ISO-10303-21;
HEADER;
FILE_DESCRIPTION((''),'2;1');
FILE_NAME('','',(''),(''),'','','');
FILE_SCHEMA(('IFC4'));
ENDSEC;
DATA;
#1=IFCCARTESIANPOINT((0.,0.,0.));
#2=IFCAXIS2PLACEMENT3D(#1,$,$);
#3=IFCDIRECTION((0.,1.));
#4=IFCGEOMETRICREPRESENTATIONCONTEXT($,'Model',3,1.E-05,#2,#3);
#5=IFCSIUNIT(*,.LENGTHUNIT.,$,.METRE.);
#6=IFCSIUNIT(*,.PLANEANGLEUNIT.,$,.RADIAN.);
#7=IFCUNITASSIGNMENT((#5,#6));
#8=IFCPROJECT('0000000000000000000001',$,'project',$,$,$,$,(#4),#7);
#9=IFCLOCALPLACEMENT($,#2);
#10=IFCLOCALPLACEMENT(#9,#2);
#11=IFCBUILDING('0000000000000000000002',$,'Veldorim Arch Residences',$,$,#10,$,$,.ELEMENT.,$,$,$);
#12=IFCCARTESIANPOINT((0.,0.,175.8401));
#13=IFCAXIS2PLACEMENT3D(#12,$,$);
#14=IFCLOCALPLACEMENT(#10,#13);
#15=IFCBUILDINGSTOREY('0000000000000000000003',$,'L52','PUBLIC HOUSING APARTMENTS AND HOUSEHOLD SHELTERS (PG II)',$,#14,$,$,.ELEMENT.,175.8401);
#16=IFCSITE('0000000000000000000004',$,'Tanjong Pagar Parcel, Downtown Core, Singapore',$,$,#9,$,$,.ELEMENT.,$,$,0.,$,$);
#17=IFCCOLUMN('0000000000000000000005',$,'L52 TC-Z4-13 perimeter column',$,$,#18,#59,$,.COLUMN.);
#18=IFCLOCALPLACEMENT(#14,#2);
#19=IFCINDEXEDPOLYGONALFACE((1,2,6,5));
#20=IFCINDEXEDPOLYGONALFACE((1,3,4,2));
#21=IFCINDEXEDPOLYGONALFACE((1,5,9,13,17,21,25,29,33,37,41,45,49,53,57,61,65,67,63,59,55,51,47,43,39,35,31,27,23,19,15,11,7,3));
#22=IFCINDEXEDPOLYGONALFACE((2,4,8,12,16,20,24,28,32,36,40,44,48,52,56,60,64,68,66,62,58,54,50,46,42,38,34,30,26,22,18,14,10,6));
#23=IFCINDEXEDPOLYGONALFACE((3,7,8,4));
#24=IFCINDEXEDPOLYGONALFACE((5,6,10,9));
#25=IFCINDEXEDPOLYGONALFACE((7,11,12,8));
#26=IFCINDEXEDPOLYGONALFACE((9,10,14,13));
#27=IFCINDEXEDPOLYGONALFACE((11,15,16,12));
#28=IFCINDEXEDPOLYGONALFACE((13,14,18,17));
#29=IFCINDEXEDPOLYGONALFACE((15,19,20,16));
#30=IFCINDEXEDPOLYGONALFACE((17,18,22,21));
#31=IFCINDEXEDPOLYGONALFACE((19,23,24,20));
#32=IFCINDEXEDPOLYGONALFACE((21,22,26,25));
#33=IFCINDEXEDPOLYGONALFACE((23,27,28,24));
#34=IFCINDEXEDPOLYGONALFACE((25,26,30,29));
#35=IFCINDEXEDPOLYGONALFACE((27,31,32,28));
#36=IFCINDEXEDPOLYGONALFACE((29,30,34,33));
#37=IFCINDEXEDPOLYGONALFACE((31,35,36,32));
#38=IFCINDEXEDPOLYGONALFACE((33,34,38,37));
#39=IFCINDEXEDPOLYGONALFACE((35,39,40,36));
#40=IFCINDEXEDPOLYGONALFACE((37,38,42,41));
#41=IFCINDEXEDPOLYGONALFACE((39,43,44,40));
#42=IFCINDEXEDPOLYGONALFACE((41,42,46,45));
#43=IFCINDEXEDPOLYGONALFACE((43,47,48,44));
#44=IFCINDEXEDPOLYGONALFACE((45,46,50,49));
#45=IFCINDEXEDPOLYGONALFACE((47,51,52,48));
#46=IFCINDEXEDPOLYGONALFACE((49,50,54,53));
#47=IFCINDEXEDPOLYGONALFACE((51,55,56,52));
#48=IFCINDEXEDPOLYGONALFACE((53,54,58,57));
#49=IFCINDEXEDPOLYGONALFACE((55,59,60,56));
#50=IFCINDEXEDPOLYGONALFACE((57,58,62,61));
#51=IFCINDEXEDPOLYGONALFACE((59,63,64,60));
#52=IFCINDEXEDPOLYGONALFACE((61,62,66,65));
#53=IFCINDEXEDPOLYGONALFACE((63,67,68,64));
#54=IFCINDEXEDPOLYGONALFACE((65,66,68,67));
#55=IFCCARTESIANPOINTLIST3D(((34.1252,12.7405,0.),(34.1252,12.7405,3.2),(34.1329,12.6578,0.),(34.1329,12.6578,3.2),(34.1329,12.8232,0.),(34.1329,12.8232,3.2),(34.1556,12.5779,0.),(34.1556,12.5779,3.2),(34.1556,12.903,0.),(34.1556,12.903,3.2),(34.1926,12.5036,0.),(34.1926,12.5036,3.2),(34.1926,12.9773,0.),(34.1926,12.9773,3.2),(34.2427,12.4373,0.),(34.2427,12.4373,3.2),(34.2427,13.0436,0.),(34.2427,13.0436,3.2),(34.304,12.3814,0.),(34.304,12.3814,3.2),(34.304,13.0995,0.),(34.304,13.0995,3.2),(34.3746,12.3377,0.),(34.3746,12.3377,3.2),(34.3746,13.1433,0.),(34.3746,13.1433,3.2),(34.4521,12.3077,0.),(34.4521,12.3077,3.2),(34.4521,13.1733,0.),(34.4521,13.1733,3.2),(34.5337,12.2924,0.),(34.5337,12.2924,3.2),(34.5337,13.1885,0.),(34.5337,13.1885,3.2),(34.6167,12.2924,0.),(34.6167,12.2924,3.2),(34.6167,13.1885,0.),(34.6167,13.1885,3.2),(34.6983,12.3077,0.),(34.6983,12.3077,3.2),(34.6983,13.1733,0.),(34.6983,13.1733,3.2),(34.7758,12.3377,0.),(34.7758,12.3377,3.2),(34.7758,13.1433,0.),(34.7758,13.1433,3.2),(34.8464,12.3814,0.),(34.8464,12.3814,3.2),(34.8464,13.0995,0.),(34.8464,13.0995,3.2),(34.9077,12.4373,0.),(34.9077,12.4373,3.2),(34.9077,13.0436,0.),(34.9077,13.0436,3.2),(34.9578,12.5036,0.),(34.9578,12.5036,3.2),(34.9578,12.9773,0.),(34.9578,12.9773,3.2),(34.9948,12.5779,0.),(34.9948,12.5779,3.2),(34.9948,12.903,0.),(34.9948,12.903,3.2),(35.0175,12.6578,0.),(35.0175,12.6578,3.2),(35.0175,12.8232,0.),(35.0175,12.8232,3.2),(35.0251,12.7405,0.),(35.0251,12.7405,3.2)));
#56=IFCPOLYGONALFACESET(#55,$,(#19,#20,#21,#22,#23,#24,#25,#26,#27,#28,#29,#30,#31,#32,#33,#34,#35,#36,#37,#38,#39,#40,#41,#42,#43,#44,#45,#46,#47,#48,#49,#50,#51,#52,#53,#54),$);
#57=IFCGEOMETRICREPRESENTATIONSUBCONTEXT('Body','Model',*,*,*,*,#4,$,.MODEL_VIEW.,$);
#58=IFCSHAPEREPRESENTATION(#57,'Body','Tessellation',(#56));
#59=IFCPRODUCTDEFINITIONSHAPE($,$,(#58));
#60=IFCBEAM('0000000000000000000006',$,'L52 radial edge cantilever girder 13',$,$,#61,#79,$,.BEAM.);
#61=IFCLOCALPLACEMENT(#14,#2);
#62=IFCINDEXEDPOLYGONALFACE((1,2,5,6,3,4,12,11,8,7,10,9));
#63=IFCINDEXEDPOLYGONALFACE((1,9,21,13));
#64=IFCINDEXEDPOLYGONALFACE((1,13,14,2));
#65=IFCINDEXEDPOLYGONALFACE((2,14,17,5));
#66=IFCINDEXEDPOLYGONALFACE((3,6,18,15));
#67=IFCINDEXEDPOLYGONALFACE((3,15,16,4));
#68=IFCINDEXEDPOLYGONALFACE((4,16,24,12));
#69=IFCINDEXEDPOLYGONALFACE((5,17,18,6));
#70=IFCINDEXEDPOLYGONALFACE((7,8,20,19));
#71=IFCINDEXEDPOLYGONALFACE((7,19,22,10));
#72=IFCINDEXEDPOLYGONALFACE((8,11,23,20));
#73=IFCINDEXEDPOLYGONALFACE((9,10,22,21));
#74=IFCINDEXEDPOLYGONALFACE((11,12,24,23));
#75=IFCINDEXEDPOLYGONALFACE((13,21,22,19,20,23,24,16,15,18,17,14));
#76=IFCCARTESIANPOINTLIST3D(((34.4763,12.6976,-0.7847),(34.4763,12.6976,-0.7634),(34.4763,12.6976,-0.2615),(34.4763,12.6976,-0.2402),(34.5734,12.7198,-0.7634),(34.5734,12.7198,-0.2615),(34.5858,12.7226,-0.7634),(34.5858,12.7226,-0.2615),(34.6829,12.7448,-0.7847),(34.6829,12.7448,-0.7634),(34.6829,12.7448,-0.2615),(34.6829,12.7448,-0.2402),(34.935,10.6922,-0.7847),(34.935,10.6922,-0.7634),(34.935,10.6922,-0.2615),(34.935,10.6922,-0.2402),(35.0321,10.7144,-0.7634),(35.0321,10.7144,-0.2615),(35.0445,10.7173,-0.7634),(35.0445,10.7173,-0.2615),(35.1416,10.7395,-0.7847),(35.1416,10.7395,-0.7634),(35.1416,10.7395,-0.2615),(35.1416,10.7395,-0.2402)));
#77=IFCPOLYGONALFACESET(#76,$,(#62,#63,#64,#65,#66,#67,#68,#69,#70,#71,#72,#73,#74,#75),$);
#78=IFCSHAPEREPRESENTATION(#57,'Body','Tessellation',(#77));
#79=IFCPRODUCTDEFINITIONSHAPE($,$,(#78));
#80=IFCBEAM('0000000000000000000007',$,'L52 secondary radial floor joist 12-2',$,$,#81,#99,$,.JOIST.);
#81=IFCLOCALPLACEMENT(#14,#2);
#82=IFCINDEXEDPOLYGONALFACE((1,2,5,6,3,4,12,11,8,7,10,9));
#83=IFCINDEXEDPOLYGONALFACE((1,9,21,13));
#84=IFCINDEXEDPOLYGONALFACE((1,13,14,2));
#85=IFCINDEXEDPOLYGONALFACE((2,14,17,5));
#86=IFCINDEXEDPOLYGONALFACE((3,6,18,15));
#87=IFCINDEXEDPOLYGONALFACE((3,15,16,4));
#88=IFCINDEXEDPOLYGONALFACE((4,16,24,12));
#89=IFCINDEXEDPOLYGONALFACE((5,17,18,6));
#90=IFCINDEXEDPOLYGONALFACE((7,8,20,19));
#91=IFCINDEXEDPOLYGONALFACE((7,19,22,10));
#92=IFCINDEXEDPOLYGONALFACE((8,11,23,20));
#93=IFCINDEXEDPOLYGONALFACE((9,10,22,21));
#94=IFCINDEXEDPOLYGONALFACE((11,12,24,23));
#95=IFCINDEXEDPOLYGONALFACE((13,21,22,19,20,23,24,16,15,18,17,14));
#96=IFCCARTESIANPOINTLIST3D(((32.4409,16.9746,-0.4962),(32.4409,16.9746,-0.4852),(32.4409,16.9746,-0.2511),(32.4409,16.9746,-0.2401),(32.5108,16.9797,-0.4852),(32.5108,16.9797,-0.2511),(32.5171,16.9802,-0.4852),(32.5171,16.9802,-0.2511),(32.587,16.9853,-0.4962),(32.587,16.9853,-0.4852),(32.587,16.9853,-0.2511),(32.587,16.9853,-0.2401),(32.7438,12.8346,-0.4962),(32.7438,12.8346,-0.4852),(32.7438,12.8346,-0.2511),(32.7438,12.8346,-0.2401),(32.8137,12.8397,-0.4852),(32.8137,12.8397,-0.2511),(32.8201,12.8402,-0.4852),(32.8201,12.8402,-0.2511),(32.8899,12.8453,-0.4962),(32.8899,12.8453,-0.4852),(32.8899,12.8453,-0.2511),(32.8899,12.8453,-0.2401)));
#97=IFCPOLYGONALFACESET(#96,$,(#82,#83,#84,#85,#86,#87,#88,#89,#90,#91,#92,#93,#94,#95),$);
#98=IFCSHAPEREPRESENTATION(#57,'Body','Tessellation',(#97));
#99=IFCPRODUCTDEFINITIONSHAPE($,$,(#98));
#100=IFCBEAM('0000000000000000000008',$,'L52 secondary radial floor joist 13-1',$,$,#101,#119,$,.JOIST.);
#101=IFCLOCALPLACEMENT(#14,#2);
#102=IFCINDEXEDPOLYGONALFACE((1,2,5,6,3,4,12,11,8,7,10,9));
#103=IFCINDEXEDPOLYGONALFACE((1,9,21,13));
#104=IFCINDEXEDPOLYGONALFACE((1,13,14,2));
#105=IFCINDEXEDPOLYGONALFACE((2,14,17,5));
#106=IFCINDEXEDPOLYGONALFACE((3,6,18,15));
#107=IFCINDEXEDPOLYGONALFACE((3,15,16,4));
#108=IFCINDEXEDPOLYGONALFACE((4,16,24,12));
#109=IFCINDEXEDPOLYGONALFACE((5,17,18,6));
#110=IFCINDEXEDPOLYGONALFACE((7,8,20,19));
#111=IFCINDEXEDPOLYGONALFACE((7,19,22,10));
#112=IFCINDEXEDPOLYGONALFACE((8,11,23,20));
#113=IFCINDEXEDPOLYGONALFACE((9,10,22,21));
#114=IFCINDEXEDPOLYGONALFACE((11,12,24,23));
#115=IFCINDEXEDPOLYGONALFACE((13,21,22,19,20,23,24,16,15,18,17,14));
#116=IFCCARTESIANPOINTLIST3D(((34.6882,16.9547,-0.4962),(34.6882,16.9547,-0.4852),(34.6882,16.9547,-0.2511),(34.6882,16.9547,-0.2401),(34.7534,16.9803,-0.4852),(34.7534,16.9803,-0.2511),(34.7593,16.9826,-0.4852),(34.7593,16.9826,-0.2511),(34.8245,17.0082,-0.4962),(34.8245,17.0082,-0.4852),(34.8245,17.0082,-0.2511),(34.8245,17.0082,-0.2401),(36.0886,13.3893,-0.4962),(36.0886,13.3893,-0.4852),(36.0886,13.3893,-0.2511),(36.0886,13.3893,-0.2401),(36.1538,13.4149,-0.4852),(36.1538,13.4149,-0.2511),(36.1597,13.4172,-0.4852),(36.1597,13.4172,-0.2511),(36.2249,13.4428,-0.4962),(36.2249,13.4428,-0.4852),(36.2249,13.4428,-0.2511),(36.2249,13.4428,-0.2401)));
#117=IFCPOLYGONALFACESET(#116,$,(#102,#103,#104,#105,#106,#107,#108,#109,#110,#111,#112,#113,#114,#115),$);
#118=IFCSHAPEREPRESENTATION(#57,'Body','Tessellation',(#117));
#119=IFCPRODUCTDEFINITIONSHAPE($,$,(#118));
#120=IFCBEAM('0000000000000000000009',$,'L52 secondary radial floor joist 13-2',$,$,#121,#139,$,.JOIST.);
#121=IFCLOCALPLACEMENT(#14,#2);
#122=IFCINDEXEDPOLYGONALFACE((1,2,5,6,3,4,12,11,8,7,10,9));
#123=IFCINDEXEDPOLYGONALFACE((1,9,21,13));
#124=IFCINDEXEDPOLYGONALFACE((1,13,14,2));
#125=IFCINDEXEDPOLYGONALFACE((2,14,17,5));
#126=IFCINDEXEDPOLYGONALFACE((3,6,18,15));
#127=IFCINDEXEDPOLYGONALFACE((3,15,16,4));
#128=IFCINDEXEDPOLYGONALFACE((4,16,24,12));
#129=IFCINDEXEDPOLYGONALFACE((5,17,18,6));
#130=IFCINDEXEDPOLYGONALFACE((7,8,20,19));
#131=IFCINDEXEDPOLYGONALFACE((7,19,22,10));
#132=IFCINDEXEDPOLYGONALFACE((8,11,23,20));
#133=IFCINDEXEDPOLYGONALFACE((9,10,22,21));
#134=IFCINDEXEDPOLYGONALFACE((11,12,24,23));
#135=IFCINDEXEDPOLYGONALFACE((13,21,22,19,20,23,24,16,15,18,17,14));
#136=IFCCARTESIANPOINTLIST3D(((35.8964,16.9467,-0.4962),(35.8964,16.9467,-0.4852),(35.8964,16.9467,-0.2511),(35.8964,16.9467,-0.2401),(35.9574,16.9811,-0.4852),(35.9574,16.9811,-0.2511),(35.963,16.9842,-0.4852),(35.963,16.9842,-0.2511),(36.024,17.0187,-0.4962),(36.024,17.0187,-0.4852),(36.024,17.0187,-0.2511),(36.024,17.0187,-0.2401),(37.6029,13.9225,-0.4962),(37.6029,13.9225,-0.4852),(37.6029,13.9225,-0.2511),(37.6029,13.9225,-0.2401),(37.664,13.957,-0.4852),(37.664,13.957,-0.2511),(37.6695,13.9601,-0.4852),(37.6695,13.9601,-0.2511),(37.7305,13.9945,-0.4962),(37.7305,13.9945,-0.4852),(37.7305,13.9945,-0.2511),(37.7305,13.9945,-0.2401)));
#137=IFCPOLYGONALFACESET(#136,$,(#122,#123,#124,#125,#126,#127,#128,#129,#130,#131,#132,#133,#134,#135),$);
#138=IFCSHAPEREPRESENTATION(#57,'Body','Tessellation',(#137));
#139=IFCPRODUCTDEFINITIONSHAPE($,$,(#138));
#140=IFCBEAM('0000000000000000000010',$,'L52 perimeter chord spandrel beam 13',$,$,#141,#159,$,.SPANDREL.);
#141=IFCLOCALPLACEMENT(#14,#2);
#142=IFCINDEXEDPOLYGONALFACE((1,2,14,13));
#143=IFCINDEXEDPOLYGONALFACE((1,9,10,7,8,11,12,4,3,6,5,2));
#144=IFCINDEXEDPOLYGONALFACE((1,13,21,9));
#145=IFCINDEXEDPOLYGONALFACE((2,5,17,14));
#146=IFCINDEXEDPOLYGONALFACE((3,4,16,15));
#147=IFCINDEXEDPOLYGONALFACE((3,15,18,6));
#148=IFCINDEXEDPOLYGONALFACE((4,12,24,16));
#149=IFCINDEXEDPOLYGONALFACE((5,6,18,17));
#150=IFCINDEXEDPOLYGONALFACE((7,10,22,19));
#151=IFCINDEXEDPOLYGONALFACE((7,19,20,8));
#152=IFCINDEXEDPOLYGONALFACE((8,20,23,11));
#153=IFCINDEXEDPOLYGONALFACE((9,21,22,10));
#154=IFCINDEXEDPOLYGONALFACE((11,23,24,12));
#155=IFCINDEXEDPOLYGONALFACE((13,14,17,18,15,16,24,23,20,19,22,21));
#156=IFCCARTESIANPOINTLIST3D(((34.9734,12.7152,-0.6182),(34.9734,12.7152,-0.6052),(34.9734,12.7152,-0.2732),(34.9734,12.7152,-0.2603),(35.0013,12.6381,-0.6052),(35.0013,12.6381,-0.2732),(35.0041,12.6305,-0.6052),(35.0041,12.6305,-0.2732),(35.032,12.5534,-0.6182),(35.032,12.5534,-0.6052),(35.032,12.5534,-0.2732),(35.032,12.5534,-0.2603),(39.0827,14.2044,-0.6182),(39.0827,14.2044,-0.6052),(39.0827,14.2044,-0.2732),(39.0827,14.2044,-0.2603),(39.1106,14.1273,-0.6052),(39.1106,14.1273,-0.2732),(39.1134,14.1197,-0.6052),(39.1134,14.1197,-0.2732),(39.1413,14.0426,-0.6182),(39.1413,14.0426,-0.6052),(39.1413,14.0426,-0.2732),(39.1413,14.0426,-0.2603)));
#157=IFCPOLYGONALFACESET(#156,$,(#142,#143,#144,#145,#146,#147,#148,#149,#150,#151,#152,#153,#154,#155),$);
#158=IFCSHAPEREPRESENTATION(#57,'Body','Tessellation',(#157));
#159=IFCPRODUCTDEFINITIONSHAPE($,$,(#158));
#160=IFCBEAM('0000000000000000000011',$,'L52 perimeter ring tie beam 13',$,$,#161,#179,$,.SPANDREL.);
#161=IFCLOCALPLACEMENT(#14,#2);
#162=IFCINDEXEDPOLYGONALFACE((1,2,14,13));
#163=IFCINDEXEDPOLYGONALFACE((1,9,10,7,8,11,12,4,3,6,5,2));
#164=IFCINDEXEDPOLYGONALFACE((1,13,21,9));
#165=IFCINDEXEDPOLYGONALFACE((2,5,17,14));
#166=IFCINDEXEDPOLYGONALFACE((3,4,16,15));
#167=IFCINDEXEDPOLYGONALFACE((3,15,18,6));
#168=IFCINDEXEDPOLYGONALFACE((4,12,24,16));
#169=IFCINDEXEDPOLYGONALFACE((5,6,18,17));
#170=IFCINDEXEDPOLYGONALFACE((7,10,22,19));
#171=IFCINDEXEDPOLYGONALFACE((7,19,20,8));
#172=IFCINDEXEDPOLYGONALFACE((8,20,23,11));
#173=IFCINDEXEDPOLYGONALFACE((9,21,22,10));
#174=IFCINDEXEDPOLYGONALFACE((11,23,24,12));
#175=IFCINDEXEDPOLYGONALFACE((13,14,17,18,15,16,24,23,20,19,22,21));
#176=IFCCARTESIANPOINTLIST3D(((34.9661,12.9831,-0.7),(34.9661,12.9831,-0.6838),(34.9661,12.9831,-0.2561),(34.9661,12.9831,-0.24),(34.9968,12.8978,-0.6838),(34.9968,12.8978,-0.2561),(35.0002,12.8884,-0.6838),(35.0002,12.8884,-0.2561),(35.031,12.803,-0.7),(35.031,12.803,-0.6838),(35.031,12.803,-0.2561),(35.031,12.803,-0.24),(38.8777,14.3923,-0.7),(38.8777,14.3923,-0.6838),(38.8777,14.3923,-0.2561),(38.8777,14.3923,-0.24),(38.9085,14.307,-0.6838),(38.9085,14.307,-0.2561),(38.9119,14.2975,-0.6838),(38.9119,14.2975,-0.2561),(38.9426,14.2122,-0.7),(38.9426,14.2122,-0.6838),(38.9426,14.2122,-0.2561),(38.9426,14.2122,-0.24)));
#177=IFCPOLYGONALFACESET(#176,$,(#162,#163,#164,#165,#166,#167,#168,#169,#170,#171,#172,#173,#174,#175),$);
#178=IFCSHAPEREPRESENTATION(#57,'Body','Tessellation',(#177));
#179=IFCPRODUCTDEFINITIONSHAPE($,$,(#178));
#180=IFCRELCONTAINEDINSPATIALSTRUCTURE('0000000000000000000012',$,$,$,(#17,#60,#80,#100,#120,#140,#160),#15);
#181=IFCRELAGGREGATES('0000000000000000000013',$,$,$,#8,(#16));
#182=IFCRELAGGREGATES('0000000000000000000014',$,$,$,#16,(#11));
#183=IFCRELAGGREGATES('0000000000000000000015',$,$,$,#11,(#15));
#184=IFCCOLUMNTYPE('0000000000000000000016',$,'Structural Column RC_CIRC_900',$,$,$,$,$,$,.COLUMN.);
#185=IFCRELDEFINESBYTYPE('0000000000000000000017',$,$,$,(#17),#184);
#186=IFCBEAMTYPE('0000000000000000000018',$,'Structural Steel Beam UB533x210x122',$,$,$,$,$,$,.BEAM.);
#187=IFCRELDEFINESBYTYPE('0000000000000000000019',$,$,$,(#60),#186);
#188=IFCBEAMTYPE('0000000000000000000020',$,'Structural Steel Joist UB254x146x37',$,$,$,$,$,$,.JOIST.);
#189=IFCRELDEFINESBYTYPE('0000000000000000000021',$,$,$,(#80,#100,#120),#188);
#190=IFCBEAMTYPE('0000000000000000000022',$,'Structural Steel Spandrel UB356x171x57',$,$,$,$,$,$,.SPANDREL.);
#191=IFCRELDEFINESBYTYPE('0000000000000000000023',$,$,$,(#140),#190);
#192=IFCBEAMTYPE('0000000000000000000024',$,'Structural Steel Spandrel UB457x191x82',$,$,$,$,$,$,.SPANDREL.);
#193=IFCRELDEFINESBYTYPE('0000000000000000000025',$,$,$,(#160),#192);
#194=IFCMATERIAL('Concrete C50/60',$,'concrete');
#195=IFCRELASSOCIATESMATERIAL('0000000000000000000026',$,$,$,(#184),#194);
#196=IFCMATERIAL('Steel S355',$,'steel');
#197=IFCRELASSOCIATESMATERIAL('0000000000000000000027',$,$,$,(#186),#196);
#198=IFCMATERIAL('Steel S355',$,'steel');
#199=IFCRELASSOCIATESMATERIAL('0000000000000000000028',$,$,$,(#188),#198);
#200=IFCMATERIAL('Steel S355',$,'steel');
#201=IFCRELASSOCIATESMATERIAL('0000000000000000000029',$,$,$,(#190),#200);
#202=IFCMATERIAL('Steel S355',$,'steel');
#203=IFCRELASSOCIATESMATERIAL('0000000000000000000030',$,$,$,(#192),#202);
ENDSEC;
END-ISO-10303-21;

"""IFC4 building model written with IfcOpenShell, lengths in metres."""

from ifc_helpers import new_model, si_unit, direction, frame, origin, origin_2d, place, context, subcontext, project, spatial, circle, i_section, extrude, material, material_profile, profile_set, type_object, element, save


model = new_model("IFC4")

# Units and contexts
model_context = context("Model", 3, precision=1e-05, world=origin(), true_north=direction((0.0, 1.0)))
body_context = subcontext(model_context, "Body", "Model", "MODEL_VIEW")
ifc_project = project(units=[si_unit("LENGTHUNIT", "METRE"), si_unit("PLANEANGLEUNIT", "RADIAN")], contexts=[model_context])

# Site, building, storey
site_placement = place(None, origin())
site = spatial("IfcSite", under=ifc_project, at=site_placement, Name="Tanjong Pagar Parcel, Downtown Core, Singapore", CompositionType="ELEMENT", RefElevation=0.0)
building_placement = place(site_placement, origin())
building = spatial("IfcBuilding", under=site, at=building_placement, Name="Veldorim Arch Residences", CompositionType="ELEMENT")
storey_placement = place(building_placement, frame((0.0, 0.0, 175.8401)))
storey = spatial("IfcBuildingStorey", under=building, at=storey_placement, Name="L52", Description="PUBLIC HOUSING APARTMENTS AND HOUSEHOLD SHELTERS (PG II)", CompositionType="ELEMENT", Elevation=175.8401)

# Column
ifc_material_1 = material(Name="Concrete C50/60", Category="concrete")
ifc_material_profile_1 = material_profile(ifc_material_1, circle(Radius=0.45, at=origin_2d()), Name="RC_CIRC_900")
ifc_profile_set_1 = profile_set([ifc_material_profile_1], Name="Concrete C50/60")
column_type = type_object("IfcColumnType", Name="Structural Column RC_CIRC_900", PredefinedType="COLUMN", material=ifc_profile_set_1)
column_placement = place(storey_placement, frame((34.5752, 12.7405, 0.0), z_axis=(0.0, 0.0, 1.0), x_axis=(1.0, 0.0, 0.0)))
element("IfcColumn", 1, at=column_placement, inside=storey, type_object=column_type, Name="L52 TC-Z4-13 perimeter column", PredefinedType="COLUMN", context=body_context, shape_type="SweptSolid", body=[
    extrude(circle(Radius=0.45, at=origin_2d()), origin(), (0.0, 0.0, 1.0), 3.2),
])

# Beams
ifc_material_2 = material(Name="Steel S355", Category="steel")
ifc_material_profile_2 = material_profile(ifc_material_2, i_section(OverallWidth=0.2119, OverallDepth=0.5444, WebThickness=0.0127, FlangeThickness=0.0212, at=origin_2d()), Name="UB533x210x122")
ifc_profile_set_2 = profile_set([ifc_material_profile_2], Name="Steel S355")
beam_type_1 = type_object("IfcBeamType", Name="Structural Steel Beam UB533x210x122", PredefinedType="BEAM", material=ifc_profile_set_2)
beam_1_placement = place(storey_placement, frame((34.5796, 12.7212, -0.5125), z_axis=(0.222996, -0.974819, 0.0), x_axis=(0.974819, 0.222996, 0.0)))
element("IfcBeam", 2, at=beam_1_placement, inside=storey, type_object=beam_type_1, Name="L52 radial edge cantilever girder 13", PredefinedType="BEAM", context=body_context, shape_type="SweptSolid", body=[
    extrude(i_section(OverallWidth=0.2119, OverallDepth=0.5444, WebThickness=0.0127, FlangeThickness=0.0212, at=origin_2d()), origin(), (0.0, 0.0, 1.0), 2.0571),
])
ifc_material_3 = material(Name="Steel S355", Category="steel")
ifc_material_profile_3 = material_profile(ifc_material_3, i_section(OverallWidth=0.1465, OverallDepth=0.2561, WebThickness=0.0063, FlangeThickness=0.011, at=origin_2d()), Name="UB254x146x37")
ifc_profile_set_3 = profile_set([ifc_material_profile_3], Name="Steel S355")
beam_type_2 = type_object("IfcBeamType", Name="Structural Steel Joist UB254x146x37", PredefinedType="JOIST", material=ifc_profile_set_3)
beam_2_placement = place(storey_placement, frame((32.5139, 16.98, -0.3682), z_axis=(0.072986, -0.997333, 0.0), x_axis=(0.997333, 0.072986, 0.0)))
element("IfcBeam", 3, at=beam_2_placement, inside=storey, type_object=beam_type_2, Name="L52 secondary radial floor joist 12-2", PredefinedType="JOIST", context=body_context, shape_type="SweptSolid", body=[
    extrude(i_section(OverallWidth=0.1465, OverallDepth=0.2561, WebThickness=0.0063, FlangeThickness=0.011, at=origin_2d()), origin(), (0.0, 0.0, 1.0), 4.1511),
])
beam_3_placement = place(storey_placement, frame((34.7563, 16.9814, -0.3682), z_axis=(0.365581, -0.930779, 0.0), x_axis=(0.930779, 0.365581, 0.0)))
element("IfcBeam", 4, at=beam_3_placement, inside=storey, type_object=beam_type_2, Name="L52 secondary radial floor joist 13-1", PredefinedType="JOIST", context=body_context, shape_type="SweptSolid", body=[
    extrude(i_section(OverallWidth=0.1465, OverallDepth=0.2561, WebThickness=0.0063, FlangeThickness=0.011, at=origin_2d()), origin(), (0.0, 0.0, 1.0), 3.8306),
])
beam_4_placement = place(storey_placement, frame((35.9602, 16.9827, -0.3682), z_axis=(0.491452, -0.870904, 0.0), x_axis=(0.870904, 0.491452, 0.0)))
element("IfcBeam", 5, at=beam_4_placement, inside=storey, type_object=beam_type_2, Name="L52 secondary radial floor joist 13-2", PredefinedType="JOIST", context=body_context, shape_type="SweptSolid", body=[
    extrude(i_section(OverallWidth=0.1465, OverallDepth=0.2561, WebThickness=0.0063, FlangeThickness=0.011, at=origin_2d()), origin(), (0.0, 0.0, 1.0), 3.4724),
])
ifc_material_4 = material(Name="Steel S355", Category="steel")
ifc_material_profile_4 = material_profile(ifc_material_4, i_section(OverallWidth=0.1721, OverallDepth=0.3579, WebThickness=0.0081, FlangeThickness=0.0129, at=origin_2d()), Name="UB356x171x57")
ifc_profile_set_4 = profile_set([ifc_material_profile_4], Name="Steel S355")
beam_type_3 = type_object("IfcBeamType", Name="Structural Steel Spandrel UB356x171x57", PredefinedType="SPANDREL", material=ifc_profile_set_4)
beam_5_placement = place(storey_placement, frame((35.0027, 12.6343, -0.4392), z_axis=(0.940165, 0.34072, 0.0), x_axis=(-0.34072, 0.940165, 0.0)))
element("IfcBeam", 6, at=beam_5_placement, inside=storey, type_object=beam_type_3, Name="L52 perimeter chord spandrel beam 13", PredefinedType="SPANDREL", context=body_context, shape_type="SweptSolid", body=[
    extrude(i_section(OverallWidth=0.1721, OverallDepth=0.3579, WebThickness=0.0081, FlangeThickness=0.0129, at=origin_2d()), origin(), (0.0, 0.0, 1.0), 4.3708),
])
ifc_material_5 = material(Name="Steel S355", Category="steel")
ifc_material_profile_5 = material_profile(ifc_material_5, i_section(OverallWidth=0.1914, OverallDepth=0.46, WebThickness=0.01, FlangeThickness=0.0161, at=origin_2d()), Name="UB457x191x82")
ifc_profile_set_5 = profile_set([ifc_material_profile_5], Name="Steel S355")
beam_type_4 = type_object("IfcBeamType", Name="Structural Steel Spandrel UB457x191x82", PredefinedType="SPANDREL", material=ifc_profile_set_5)
beam_6_placement = place(storey_placement, frame((34.9985, 12.8931, -0.47), z_axis=(0.940811, 0.338932, 0.0), x_axis=(-0.338932, 0.940811, 0.0)))
element("IfcBeam", 7, at=beam_6_placement, inside=storey, type_object=beam_type_4, Name="L52 perimeter ring tie beam 13", PredefinedType="SPANDREL", context=body_context, shape_type="SweptSolid", body=[
    extrude(i_section(OverallWidth=0.1914, OverallDepth=0.46, WebThickness=0.01, FlangeThickness=0.0161, at=origin_2d()), origin(), (0.0, 0.0, 1.0), 4.1577),
])

save(model, "model.ifc")
